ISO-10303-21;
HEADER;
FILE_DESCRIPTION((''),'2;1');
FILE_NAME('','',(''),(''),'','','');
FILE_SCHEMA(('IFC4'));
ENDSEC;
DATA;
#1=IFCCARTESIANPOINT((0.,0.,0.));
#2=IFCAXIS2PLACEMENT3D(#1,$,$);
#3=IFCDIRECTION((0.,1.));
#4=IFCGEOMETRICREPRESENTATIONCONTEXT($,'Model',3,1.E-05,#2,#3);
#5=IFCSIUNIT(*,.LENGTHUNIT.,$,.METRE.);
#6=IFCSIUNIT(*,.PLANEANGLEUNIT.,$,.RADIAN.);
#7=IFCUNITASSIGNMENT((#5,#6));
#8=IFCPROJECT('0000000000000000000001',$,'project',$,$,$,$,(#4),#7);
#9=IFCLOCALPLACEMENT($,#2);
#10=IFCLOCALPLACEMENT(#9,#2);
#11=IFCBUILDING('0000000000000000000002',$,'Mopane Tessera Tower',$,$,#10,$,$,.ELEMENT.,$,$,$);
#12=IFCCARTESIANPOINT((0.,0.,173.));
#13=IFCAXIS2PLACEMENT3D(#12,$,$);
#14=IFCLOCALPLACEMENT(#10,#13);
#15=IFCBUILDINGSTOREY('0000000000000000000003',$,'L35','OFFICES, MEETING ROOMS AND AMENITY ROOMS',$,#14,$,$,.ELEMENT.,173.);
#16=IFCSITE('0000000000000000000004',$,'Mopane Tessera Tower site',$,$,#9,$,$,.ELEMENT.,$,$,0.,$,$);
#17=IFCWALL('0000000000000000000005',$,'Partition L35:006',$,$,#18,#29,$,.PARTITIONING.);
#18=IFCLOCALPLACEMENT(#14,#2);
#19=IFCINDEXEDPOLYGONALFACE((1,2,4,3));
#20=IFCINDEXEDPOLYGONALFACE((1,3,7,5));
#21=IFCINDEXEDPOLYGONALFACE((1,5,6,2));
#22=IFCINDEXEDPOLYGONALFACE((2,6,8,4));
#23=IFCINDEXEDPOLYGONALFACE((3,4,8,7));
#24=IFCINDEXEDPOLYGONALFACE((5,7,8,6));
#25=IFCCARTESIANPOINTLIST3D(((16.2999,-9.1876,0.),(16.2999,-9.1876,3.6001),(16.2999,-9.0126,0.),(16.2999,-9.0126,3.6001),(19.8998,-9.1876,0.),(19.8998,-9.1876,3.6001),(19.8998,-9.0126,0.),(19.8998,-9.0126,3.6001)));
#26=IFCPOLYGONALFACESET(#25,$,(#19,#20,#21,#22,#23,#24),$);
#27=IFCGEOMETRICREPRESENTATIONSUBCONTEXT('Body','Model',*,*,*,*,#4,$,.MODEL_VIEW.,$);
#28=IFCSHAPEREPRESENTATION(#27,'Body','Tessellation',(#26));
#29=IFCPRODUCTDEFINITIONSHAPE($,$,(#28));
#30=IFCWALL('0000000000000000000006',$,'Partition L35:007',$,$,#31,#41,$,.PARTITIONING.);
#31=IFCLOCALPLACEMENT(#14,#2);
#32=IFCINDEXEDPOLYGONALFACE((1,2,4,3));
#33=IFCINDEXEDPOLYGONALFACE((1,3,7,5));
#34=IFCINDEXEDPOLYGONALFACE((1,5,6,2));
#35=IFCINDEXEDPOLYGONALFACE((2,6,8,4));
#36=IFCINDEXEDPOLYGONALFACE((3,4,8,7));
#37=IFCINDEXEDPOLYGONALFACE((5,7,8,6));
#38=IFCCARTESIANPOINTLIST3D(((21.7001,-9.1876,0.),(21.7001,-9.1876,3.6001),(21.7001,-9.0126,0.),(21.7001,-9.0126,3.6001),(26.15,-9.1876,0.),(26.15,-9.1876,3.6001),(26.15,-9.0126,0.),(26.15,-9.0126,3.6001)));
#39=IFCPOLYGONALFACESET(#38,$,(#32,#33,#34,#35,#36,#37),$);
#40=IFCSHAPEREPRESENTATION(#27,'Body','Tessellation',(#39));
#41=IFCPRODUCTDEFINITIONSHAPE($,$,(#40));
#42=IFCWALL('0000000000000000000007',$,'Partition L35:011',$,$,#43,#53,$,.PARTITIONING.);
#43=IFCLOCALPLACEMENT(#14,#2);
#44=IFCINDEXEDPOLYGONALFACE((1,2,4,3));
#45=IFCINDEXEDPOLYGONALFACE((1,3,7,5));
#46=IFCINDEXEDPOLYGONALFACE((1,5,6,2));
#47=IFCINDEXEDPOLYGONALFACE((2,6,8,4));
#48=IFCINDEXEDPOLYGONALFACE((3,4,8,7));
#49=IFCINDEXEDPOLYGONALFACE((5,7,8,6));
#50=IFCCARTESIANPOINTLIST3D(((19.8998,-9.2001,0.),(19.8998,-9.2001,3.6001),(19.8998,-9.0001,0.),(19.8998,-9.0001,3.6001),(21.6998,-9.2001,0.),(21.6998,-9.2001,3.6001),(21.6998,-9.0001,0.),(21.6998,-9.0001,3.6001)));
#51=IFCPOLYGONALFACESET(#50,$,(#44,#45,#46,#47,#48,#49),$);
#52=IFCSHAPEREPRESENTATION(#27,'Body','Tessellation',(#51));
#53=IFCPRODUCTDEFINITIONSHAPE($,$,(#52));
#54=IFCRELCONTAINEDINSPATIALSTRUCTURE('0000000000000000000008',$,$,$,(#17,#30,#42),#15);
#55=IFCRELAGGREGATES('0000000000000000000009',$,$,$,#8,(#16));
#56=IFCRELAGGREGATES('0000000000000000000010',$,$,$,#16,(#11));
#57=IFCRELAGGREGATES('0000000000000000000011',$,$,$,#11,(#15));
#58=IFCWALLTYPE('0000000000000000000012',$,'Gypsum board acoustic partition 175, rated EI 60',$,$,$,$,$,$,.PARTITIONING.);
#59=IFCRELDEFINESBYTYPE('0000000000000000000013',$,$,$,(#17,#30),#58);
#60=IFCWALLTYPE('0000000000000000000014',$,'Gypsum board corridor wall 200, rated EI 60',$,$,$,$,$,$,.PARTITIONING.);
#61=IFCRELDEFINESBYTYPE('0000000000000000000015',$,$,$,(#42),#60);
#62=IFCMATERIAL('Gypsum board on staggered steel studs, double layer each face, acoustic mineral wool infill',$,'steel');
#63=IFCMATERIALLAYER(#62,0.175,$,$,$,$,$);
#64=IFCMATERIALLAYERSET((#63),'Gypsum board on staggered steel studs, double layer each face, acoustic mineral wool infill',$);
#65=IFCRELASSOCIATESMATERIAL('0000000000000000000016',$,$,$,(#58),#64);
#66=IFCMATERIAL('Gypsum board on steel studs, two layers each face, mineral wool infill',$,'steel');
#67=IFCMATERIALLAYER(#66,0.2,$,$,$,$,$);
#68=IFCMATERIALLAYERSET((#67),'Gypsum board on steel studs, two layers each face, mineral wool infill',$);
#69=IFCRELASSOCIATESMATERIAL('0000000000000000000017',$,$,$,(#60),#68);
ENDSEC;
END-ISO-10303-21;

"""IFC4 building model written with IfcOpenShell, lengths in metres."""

from ifc_helpers import new_model, si_unit, direction, frame, frame_2d, origin, place, context, subcontext, project, spatial, rectangle, extrude, material, layer, layer_set, type_object, element, save


model = new_model("IFC4")

# Units and contexts
model_context = context("Model", 3, precision=1e-05, world=origin(), true_north=direction((0.0, 1.0)))
body_context = subcontext(model_context, "Body", "Model", "MODEL_VIEW")
ifc_project = project(units=[si_unit("LENGTHUNIT", "METRE"), si_unit("PLANEANGLEUNIT", "RADIAN")], contexts=[model_context])

# Site, building, storey
site_placement = place(None, origin())
site = spatial("IfcSite", under=ifc_project, at=site_placement, Name="Mopane Tessera Tower site", CompositionType="ELEMENT", RefElevation=0.0)
building_placement = place(site_placement, origin())
building = spatial("IfcBuilding", under=site, at=building_placement, Name="Mopane Tessera Tower", CompositionType="ELEMENT")
storey_placement = place(building_placement, frame((0.0, 0.0, 173.0)))
storey = spatial("IfcBuildingStorey", under=building, at=storey_placement, Name="L35", Description="OFFICES, MEETING ROOMS AND AMENITY ROOMS", CompositionType="ELEMENT", Elevation=173.0)

# Walls
ifc_material_1 = material(Name="Gypsum board on staggered steel studs, double layer each face, acoustic mineral wool infill", Category="steel")
ifc_layer_1 = layer(ifc_material_1, 0.175)
ifc_layer_set_1 = layer_set([ifc_layer_1], Name="Gypsum board on staggered steel studs, double layer each face, acoustic mineral wool infill")
wall_type_1 = type_object("IfcWallType", Name="Gypsum board acoustic partition 175, rated EI 60", PredefinedType="PARTITIONING", material=ifc_layer_set_1)
wall_1_placement = place(storey_placement, frame((16.3, -9.1001, 0.0), z_axis=(0.0, 0.0, 1.0), x_axis=(1.0, 0.0, 0.0)))
element("IfcWall", 1, at=wall_1_placement, inside=storey, type_object=wall_type_1, Name="Partition L35:006", PredefinedType="PARTITIONING", context=body_context, shape_type="SweptSolid", body=[
    extrude(rectangle(XDim=3.5999, YDim=0.175, at=frame_2d((1.7998, 0.0))), origin(), (0.0, 0.0, 1.0), 3.6001),
])
wall_2_placement = place(storey_placement, frame((21.7, -9.1001, 0.0), z_axis=(0.0, 0.0, 1.0), x_axis=(1.0, 0.0, 0.0)))
element("IfcWall", 2, at=wall_2_placement, inside=storey, type_object=wall_type_1, Name="Partition L35:007", PredefinedType="PARTITIONING", context=body_context, shape_type="SweptSolid", body=[
    extrude(rectangle(XDim=4.45, YDim=0.175, at=frame_2d((2.2251, 0.0))), origin(), (0.0, 0.0, 1.0), 3.6001),
])
ifc_material_2 = material(Name="Gypsum board on steel studs, two layers each face, mineral wool infill", Category="steel")
ifc_layer_2 = layer(ifc_material_2, 0.2)
ifc_layer_set_2 = layer_set([ifc_layer_2], Name="Gypsum board on steel studs, two layers each face, mineral wool infill")
wall_type_2 = type_object("IfcWallType", Name="Gypsum board corridor wall 200, rated EI 60", PredefinedType="PARTITIONING", material=ifc_layer_set_2)
wall_3_placement = place(storey_placement, frame((19.8999, -9.1001, 0.0), z_axis=(0.0, 0.0, 1.0), x_axis=(1.0, 0.0, 0.0)))
element("IfcWall", 3, at=wall_3_placement, inside=storey, type_object=wall_type_2, Name="Partition L35:011", PredefinedType="PARTITIONING", context=body_context, shape_type="SweptSolid", body=[
    extrude(rectangle(XDim=1.8, YDim=0.2, at=frame_2d((0.8999, 0.0))), origin(), (0.0, 0.0, 1.0), 3.6001),
])

save(model, "model.ifc")
